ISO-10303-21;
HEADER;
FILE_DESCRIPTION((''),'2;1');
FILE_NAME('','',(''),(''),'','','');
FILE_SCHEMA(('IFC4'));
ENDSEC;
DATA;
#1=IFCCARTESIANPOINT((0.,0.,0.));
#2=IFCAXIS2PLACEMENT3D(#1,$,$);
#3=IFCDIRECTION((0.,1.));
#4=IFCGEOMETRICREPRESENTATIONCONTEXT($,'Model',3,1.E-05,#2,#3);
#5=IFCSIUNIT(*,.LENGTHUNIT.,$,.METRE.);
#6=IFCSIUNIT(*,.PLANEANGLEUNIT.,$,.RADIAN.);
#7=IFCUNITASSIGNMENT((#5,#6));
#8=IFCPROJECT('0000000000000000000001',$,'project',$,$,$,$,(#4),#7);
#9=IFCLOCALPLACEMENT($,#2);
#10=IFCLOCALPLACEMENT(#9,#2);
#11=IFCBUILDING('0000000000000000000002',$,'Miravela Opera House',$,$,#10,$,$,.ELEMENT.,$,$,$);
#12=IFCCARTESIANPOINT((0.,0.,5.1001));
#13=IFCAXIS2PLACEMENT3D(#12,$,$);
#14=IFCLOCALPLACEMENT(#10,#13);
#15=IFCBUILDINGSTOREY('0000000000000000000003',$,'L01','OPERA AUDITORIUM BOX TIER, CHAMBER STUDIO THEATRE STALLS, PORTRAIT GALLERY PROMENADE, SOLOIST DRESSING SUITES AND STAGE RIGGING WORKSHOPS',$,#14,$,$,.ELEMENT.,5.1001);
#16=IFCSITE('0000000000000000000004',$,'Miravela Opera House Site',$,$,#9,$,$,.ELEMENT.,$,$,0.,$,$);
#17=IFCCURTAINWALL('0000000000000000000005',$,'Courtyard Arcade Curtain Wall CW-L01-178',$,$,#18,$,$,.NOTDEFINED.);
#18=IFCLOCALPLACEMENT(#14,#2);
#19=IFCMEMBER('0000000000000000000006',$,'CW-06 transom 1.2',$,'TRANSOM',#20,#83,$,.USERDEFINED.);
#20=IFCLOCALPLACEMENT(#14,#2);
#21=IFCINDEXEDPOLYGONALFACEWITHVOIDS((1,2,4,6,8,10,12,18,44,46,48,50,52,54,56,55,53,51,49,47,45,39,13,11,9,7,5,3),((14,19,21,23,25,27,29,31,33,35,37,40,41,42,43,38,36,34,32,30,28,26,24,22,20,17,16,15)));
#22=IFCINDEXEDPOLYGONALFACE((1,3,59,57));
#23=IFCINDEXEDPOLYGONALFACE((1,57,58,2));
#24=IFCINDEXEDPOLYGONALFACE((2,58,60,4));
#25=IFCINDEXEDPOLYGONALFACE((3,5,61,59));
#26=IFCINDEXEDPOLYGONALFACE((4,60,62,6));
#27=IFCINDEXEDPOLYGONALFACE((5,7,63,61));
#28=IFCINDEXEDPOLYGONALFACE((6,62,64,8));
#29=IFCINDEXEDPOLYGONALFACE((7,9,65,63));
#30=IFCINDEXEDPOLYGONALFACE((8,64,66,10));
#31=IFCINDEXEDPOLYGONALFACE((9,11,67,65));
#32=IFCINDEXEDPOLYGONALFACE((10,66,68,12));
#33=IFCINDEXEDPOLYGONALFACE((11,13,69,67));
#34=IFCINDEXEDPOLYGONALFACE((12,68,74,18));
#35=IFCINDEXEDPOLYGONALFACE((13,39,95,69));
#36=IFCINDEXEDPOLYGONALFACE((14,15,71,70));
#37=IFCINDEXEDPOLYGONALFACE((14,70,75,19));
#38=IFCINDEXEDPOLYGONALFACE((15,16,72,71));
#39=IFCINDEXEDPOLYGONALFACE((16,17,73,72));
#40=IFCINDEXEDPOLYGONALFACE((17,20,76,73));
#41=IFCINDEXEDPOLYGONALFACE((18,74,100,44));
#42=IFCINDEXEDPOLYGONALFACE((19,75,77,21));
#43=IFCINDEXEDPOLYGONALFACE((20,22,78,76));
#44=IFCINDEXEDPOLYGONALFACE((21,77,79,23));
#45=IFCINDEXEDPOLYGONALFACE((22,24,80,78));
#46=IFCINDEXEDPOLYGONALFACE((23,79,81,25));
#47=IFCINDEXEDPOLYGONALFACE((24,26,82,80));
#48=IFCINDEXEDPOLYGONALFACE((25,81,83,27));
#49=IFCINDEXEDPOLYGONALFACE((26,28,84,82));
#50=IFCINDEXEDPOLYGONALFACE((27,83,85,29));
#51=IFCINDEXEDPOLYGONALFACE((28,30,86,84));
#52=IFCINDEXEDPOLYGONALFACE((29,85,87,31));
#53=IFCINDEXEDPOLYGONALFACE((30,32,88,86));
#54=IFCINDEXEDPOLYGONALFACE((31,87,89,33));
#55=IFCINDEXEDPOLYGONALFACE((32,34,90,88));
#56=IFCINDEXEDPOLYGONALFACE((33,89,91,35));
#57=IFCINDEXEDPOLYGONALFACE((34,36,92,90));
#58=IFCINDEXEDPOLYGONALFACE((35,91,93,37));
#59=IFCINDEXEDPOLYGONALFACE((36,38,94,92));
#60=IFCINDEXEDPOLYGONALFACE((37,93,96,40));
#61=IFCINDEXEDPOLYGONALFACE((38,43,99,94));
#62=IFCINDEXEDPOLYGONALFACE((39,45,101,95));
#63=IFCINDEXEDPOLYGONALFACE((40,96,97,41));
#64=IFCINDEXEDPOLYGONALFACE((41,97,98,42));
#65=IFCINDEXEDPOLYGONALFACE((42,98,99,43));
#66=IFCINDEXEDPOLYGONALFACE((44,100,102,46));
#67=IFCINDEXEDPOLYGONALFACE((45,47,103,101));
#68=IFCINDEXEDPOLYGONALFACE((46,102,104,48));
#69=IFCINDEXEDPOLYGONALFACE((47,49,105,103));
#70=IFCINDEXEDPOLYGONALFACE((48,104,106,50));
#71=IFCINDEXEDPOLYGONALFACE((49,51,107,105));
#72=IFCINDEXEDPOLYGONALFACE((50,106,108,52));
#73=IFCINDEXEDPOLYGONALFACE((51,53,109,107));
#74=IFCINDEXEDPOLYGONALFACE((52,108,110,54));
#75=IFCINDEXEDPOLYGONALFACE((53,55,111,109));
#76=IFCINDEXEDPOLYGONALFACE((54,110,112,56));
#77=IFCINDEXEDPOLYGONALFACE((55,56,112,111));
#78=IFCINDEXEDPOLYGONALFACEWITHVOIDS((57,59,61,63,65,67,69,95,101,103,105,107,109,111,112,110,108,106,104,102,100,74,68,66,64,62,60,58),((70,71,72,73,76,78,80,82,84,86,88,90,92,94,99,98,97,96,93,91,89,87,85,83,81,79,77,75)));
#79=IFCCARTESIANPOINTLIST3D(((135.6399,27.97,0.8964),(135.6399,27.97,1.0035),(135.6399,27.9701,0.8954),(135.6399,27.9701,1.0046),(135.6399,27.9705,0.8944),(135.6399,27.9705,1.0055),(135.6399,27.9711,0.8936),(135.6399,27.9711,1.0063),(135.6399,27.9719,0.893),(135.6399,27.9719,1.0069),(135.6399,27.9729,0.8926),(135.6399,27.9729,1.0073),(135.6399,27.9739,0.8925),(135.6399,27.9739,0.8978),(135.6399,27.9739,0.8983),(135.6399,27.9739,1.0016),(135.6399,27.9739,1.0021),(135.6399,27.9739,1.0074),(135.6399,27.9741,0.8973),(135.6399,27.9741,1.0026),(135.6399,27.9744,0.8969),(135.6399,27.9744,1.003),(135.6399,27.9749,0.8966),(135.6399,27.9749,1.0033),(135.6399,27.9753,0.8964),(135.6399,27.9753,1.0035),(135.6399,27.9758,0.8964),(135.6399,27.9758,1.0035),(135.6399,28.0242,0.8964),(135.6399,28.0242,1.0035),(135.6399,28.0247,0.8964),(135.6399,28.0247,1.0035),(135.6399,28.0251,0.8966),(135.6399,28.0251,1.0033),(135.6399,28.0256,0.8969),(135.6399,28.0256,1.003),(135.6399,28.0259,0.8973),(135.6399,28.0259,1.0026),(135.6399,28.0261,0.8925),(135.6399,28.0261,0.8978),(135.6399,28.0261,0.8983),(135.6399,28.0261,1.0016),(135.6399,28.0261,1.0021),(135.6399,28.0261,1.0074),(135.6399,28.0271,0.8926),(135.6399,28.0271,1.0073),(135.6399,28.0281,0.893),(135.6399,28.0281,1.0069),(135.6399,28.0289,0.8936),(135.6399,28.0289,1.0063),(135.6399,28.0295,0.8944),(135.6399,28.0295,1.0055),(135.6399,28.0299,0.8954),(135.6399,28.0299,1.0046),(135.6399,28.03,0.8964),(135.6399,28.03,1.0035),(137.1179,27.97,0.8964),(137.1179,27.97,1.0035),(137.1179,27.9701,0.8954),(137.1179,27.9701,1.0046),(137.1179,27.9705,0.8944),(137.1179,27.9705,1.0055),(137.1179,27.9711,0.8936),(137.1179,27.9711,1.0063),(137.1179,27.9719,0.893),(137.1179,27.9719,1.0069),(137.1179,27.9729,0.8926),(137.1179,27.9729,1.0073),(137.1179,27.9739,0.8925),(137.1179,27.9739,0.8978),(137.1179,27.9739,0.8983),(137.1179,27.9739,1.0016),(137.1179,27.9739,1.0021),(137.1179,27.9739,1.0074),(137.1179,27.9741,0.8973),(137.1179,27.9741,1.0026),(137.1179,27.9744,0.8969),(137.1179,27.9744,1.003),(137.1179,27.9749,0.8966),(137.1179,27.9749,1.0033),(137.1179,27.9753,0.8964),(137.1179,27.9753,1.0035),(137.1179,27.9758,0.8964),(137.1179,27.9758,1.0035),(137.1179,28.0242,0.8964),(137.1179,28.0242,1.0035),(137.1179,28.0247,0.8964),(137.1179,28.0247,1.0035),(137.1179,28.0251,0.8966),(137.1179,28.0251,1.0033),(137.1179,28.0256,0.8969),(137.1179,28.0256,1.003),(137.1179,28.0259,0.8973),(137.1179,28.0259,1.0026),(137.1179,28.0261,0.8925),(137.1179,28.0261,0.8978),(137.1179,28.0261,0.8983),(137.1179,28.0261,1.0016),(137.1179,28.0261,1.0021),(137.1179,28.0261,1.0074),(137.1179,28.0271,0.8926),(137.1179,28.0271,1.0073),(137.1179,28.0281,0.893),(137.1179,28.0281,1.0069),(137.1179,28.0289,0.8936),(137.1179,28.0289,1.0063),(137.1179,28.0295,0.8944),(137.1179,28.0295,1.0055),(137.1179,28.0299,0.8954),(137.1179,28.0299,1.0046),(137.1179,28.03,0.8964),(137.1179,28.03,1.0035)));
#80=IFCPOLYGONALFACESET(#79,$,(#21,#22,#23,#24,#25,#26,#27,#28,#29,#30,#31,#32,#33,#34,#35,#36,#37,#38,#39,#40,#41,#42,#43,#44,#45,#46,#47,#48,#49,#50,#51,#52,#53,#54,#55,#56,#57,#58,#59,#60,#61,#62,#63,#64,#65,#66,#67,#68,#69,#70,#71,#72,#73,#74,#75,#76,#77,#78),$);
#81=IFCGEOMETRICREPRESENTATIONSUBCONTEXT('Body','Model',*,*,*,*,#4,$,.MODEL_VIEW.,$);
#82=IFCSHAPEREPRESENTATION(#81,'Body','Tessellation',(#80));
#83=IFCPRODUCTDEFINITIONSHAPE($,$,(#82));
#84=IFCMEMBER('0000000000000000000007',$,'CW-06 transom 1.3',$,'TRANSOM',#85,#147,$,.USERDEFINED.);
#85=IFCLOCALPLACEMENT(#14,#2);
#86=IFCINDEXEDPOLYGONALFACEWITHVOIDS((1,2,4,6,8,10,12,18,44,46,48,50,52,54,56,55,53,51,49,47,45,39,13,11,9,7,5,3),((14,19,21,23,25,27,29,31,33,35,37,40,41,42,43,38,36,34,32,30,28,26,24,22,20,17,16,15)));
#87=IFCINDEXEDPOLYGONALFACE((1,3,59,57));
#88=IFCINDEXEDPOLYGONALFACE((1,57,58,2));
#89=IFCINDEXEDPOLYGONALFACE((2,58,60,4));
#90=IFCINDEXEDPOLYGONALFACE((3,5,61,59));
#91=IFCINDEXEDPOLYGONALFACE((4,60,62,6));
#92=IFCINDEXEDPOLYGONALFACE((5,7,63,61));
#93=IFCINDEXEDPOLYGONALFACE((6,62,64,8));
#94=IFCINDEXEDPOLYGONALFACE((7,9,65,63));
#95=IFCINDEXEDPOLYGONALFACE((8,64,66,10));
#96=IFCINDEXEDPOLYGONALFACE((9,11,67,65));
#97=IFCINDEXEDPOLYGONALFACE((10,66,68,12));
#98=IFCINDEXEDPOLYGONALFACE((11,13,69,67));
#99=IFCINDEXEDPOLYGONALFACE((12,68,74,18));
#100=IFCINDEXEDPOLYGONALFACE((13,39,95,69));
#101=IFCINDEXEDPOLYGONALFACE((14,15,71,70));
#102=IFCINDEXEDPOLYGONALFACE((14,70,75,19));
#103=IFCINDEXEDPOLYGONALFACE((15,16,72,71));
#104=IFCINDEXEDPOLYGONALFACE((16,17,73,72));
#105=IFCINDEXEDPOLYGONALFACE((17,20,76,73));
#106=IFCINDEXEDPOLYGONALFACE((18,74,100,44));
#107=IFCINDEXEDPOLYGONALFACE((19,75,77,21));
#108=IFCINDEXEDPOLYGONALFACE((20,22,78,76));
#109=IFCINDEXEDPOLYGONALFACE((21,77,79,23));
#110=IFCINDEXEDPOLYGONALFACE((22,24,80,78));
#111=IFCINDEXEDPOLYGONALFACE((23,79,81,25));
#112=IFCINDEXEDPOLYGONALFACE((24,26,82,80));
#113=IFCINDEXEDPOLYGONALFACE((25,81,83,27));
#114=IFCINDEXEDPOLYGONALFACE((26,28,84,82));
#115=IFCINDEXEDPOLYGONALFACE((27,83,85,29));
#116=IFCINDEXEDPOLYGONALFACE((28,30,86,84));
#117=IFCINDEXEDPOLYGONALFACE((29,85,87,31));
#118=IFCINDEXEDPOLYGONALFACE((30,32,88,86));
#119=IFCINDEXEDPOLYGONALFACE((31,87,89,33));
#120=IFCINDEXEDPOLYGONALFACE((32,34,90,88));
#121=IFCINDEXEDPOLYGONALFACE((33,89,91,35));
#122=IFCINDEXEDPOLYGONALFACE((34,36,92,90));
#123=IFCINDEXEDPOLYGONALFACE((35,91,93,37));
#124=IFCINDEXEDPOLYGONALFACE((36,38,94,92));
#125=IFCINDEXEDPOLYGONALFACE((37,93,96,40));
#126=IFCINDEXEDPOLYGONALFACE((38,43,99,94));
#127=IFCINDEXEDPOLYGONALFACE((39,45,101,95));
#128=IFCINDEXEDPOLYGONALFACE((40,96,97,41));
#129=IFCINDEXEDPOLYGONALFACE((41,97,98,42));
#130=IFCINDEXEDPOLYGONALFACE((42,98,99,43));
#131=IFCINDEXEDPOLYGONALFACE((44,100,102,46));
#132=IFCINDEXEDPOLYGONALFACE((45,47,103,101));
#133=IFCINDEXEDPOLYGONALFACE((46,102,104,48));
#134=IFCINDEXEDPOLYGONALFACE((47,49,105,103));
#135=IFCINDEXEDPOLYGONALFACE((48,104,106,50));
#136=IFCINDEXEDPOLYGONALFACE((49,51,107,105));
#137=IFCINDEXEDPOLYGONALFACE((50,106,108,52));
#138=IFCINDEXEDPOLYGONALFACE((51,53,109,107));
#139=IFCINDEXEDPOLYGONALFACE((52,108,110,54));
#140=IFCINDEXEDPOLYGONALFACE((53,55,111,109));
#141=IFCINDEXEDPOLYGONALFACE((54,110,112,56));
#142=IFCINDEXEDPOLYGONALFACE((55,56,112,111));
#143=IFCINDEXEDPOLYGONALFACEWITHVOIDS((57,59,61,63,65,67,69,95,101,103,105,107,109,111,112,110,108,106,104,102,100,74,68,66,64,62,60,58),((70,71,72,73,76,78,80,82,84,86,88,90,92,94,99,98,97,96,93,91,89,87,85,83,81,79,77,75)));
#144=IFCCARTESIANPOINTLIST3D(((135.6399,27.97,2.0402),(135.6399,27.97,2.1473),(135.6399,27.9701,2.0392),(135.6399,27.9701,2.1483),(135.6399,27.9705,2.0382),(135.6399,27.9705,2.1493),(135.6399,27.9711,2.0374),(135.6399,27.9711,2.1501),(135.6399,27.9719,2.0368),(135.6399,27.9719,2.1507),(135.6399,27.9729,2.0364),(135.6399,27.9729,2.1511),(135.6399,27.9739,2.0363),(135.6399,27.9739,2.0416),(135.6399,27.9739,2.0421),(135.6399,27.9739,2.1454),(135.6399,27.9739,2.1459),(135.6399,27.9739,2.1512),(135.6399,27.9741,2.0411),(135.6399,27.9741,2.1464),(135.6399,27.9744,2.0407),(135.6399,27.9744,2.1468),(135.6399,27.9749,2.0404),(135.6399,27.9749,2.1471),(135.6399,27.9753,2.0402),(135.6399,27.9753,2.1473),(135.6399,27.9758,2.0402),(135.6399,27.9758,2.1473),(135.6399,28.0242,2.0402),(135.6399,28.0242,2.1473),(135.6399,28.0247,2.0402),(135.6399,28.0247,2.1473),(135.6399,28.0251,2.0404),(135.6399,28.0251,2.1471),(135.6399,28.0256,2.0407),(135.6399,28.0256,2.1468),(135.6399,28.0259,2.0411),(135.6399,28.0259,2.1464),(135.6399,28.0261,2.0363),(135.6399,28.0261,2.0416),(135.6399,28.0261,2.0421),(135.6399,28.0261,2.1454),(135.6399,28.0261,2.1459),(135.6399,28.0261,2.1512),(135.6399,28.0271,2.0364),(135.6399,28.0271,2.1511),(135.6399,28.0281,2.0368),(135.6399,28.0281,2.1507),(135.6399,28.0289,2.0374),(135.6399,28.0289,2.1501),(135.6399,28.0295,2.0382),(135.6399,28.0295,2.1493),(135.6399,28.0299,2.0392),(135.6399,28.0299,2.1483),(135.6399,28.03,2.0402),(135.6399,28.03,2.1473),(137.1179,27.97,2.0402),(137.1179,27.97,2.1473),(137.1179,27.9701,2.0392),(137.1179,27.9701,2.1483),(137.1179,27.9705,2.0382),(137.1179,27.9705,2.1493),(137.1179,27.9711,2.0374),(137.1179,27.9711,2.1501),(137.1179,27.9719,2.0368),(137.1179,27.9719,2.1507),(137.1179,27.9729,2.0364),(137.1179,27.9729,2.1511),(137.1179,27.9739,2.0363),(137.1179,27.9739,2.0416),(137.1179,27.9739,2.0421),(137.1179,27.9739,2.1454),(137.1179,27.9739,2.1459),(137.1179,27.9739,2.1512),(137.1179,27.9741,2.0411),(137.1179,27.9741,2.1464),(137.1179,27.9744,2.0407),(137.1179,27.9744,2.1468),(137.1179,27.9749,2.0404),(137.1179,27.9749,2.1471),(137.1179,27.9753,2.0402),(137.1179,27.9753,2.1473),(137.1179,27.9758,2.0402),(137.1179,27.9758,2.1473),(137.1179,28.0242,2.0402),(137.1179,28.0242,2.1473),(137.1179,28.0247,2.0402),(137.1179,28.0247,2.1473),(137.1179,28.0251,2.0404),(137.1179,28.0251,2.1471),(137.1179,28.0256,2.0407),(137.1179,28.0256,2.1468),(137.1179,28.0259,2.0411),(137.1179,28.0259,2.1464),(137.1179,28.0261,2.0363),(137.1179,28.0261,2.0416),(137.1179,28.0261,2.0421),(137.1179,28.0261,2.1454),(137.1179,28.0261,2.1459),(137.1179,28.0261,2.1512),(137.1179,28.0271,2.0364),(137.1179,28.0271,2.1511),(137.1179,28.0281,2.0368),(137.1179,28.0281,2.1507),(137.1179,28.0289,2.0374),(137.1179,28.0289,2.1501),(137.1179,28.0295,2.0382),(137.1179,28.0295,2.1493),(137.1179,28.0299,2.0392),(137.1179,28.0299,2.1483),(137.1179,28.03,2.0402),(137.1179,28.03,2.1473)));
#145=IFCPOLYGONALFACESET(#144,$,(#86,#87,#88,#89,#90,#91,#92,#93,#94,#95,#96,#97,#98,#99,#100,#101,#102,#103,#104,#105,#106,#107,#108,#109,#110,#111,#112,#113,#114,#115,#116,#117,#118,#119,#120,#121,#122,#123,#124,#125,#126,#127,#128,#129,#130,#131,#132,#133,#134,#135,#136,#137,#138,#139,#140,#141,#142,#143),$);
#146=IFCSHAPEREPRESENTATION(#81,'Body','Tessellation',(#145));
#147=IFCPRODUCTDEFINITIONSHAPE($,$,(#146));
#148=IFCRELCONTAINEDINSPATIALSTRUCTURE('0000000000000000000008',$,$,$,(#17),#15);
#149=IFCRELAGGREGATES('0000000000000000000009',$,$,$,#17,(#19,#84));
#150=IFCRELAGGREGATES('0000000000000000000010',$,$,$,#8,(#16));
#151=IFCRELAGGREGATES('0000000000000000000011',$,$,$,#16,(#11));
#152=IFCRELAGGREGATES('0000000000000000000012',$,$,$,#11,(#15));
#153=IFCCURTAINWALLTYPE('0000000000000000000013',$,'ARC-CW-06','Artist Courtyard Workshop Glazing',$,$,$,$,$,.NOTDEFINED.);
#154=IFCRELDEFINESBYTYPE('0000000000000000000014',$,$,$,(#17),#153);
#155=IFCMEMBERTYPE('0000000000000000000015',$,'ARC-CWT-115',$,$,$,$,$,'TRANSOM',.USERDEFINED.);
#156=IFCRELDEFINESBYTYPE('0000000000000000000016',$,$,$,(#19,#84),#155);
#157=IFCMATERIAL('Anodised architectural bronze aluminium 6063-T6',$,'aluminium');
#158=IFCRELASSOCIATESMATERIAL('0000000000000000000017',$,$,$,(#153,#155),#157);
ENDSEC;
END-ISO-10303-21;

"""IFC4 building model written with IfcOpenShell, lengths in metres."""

from ifc_helpers import new_model, si_unit, direction, frame, origin, origin_2d, place, context, subcontext, project, spatial, hollow_rectangle, extrude, material, material_profile, profile_set, type_object, element, aggregate, save


model = new_model("IFC4")

# Units and contexts
model_context = context("Model", 3, precision=1e-05, world=origin(), true_north=direction((0.0, 1.0)))
body_context = subcontext(model_context, "Body", "Model", "MODEL_VIEW")
ifc_project = project(units=[si_unit("LENGTHUNIT", "METRE"), si_unit("PLANEANGLEUNIT", "RADIAN")], contexts=[model_context])

# Site, building, storey
site_placement = place(None, origin())
site = spatial("IfcSite", under=ifc_project, at=site_placement, Name="Miravela Opera House Site", CompositionType="ELEMENT", RefElevation=0.0)
building_placement = place(site_placement, origin())
building = spatial("IfcBuilding", under=site, at=building_placement, Name="Miravela Opera House", CompositionType="ELEMENT")
storey_placement = place(building_placement, frame((0.0, 0.0, 5.1001)))
storey = spatial("IfcBuildingStorey", under=building, at=storey_placement, Name="L01", Description="OPERA AUDITORIUM BOX TIER, CHAMBER STUDIO THEATRE STALLS, PORTRAIT GALLERY PROMENADE, SOLOIST DRESSING SUITES AND STAGE RIGGING WORKSHOPS", CompositionType="ELEMENT", Elevation=5.1001)

# Curtain wall, members
ifc_material_1 = material(Name="Anodised architectural bronze aluminium 6063-T6", Category="aluminium")
curtain_wall_type = type_object("IfcCurtainWallType", Name="ARC-CW-06", Description="Artist Courtyard Workshop Glazing", PredefinedType="NOTDEFINED", material=ifc_material_1)
curtain_wall_placement = place(storey_placement, origin())
curtain_wall = element("IfcCurtainWall", 1, at=curtain_wall_placement, inside=storey, type_object=curtain_wall_type, Name="Courtyard Arcade Curtain Wall CW-L01-178", PredefinedType="NOTDEFINED")
ifc_material_profile_1 = material_profile(ifc_material_1, hollow_rectangle(XDim=0.0601, YDim=0.115, WallThickness=0.0039, InnerFilletRadius=0.002, OuterFilletRadius=0.0039, at=origin_2d()), Name="CWT-60X115")
ifc_profile_set_1 = profile_set([ifc_material_profile_1])
member_type_1 = type_object("IfcMemberType", Name="ARC-CWT-115", ElementType="TRANSOM", PredefinedType="USERDEFINED", material=ifc_profile_set_1)
member_1_placement = place(storey_placement, frame((135.6399, 28.0, 0.95), z_axis=(1.0, 0.0, 0.0), x_axis=(0.0, 1.0, 0.0)))
member_1 = element("IfcMember", 2, at=member_1_placement, type_object=member_type_1, Name="CW-06 transom 1.2", ObjectType="TRANSOM", PredefinedType="USERDEFINED", context=body_context, shape_type="SweptSolid", body=[
    extrude(hollow_rectangle(XDim=0.0601, YDim=0.115, WallThickness=0.0039, InnerFilletRadius=0.002, OuterFilletRadius=0.0039, at=origin_2d()), origin(), (0.0, 0.0, 1.0), 1.478),
])
member_2_placement = place(storey_placement, frame((135.6399, 28.0, 2.0938), z_axis=(1.0, 0.0, 0.0), x_axis=(0.0, 1.0, 0.0)))
member_2 = element("IfcMember", 3, at=member_2_placement, type_object=member_type_1, Name="CW-06 transom 1.3", ObjectType="TRANSOM", PredefinedType="USERDEFINED", context=body_context, shape_type="SweptSolid", body=[
    extrude(hollow_rectangle(XDim=0.0601, YDim=0.115, WallThickness=0.0039, InnerFilletRadius=0.002, OuterFilletRadius=0.0039, at=origin_2d()), origin(), (0.0, 0.0, 1.0), 1.478),
])

aggregate(curtain_wall, [member_1, member_2])

save(model, "model.ifc")
